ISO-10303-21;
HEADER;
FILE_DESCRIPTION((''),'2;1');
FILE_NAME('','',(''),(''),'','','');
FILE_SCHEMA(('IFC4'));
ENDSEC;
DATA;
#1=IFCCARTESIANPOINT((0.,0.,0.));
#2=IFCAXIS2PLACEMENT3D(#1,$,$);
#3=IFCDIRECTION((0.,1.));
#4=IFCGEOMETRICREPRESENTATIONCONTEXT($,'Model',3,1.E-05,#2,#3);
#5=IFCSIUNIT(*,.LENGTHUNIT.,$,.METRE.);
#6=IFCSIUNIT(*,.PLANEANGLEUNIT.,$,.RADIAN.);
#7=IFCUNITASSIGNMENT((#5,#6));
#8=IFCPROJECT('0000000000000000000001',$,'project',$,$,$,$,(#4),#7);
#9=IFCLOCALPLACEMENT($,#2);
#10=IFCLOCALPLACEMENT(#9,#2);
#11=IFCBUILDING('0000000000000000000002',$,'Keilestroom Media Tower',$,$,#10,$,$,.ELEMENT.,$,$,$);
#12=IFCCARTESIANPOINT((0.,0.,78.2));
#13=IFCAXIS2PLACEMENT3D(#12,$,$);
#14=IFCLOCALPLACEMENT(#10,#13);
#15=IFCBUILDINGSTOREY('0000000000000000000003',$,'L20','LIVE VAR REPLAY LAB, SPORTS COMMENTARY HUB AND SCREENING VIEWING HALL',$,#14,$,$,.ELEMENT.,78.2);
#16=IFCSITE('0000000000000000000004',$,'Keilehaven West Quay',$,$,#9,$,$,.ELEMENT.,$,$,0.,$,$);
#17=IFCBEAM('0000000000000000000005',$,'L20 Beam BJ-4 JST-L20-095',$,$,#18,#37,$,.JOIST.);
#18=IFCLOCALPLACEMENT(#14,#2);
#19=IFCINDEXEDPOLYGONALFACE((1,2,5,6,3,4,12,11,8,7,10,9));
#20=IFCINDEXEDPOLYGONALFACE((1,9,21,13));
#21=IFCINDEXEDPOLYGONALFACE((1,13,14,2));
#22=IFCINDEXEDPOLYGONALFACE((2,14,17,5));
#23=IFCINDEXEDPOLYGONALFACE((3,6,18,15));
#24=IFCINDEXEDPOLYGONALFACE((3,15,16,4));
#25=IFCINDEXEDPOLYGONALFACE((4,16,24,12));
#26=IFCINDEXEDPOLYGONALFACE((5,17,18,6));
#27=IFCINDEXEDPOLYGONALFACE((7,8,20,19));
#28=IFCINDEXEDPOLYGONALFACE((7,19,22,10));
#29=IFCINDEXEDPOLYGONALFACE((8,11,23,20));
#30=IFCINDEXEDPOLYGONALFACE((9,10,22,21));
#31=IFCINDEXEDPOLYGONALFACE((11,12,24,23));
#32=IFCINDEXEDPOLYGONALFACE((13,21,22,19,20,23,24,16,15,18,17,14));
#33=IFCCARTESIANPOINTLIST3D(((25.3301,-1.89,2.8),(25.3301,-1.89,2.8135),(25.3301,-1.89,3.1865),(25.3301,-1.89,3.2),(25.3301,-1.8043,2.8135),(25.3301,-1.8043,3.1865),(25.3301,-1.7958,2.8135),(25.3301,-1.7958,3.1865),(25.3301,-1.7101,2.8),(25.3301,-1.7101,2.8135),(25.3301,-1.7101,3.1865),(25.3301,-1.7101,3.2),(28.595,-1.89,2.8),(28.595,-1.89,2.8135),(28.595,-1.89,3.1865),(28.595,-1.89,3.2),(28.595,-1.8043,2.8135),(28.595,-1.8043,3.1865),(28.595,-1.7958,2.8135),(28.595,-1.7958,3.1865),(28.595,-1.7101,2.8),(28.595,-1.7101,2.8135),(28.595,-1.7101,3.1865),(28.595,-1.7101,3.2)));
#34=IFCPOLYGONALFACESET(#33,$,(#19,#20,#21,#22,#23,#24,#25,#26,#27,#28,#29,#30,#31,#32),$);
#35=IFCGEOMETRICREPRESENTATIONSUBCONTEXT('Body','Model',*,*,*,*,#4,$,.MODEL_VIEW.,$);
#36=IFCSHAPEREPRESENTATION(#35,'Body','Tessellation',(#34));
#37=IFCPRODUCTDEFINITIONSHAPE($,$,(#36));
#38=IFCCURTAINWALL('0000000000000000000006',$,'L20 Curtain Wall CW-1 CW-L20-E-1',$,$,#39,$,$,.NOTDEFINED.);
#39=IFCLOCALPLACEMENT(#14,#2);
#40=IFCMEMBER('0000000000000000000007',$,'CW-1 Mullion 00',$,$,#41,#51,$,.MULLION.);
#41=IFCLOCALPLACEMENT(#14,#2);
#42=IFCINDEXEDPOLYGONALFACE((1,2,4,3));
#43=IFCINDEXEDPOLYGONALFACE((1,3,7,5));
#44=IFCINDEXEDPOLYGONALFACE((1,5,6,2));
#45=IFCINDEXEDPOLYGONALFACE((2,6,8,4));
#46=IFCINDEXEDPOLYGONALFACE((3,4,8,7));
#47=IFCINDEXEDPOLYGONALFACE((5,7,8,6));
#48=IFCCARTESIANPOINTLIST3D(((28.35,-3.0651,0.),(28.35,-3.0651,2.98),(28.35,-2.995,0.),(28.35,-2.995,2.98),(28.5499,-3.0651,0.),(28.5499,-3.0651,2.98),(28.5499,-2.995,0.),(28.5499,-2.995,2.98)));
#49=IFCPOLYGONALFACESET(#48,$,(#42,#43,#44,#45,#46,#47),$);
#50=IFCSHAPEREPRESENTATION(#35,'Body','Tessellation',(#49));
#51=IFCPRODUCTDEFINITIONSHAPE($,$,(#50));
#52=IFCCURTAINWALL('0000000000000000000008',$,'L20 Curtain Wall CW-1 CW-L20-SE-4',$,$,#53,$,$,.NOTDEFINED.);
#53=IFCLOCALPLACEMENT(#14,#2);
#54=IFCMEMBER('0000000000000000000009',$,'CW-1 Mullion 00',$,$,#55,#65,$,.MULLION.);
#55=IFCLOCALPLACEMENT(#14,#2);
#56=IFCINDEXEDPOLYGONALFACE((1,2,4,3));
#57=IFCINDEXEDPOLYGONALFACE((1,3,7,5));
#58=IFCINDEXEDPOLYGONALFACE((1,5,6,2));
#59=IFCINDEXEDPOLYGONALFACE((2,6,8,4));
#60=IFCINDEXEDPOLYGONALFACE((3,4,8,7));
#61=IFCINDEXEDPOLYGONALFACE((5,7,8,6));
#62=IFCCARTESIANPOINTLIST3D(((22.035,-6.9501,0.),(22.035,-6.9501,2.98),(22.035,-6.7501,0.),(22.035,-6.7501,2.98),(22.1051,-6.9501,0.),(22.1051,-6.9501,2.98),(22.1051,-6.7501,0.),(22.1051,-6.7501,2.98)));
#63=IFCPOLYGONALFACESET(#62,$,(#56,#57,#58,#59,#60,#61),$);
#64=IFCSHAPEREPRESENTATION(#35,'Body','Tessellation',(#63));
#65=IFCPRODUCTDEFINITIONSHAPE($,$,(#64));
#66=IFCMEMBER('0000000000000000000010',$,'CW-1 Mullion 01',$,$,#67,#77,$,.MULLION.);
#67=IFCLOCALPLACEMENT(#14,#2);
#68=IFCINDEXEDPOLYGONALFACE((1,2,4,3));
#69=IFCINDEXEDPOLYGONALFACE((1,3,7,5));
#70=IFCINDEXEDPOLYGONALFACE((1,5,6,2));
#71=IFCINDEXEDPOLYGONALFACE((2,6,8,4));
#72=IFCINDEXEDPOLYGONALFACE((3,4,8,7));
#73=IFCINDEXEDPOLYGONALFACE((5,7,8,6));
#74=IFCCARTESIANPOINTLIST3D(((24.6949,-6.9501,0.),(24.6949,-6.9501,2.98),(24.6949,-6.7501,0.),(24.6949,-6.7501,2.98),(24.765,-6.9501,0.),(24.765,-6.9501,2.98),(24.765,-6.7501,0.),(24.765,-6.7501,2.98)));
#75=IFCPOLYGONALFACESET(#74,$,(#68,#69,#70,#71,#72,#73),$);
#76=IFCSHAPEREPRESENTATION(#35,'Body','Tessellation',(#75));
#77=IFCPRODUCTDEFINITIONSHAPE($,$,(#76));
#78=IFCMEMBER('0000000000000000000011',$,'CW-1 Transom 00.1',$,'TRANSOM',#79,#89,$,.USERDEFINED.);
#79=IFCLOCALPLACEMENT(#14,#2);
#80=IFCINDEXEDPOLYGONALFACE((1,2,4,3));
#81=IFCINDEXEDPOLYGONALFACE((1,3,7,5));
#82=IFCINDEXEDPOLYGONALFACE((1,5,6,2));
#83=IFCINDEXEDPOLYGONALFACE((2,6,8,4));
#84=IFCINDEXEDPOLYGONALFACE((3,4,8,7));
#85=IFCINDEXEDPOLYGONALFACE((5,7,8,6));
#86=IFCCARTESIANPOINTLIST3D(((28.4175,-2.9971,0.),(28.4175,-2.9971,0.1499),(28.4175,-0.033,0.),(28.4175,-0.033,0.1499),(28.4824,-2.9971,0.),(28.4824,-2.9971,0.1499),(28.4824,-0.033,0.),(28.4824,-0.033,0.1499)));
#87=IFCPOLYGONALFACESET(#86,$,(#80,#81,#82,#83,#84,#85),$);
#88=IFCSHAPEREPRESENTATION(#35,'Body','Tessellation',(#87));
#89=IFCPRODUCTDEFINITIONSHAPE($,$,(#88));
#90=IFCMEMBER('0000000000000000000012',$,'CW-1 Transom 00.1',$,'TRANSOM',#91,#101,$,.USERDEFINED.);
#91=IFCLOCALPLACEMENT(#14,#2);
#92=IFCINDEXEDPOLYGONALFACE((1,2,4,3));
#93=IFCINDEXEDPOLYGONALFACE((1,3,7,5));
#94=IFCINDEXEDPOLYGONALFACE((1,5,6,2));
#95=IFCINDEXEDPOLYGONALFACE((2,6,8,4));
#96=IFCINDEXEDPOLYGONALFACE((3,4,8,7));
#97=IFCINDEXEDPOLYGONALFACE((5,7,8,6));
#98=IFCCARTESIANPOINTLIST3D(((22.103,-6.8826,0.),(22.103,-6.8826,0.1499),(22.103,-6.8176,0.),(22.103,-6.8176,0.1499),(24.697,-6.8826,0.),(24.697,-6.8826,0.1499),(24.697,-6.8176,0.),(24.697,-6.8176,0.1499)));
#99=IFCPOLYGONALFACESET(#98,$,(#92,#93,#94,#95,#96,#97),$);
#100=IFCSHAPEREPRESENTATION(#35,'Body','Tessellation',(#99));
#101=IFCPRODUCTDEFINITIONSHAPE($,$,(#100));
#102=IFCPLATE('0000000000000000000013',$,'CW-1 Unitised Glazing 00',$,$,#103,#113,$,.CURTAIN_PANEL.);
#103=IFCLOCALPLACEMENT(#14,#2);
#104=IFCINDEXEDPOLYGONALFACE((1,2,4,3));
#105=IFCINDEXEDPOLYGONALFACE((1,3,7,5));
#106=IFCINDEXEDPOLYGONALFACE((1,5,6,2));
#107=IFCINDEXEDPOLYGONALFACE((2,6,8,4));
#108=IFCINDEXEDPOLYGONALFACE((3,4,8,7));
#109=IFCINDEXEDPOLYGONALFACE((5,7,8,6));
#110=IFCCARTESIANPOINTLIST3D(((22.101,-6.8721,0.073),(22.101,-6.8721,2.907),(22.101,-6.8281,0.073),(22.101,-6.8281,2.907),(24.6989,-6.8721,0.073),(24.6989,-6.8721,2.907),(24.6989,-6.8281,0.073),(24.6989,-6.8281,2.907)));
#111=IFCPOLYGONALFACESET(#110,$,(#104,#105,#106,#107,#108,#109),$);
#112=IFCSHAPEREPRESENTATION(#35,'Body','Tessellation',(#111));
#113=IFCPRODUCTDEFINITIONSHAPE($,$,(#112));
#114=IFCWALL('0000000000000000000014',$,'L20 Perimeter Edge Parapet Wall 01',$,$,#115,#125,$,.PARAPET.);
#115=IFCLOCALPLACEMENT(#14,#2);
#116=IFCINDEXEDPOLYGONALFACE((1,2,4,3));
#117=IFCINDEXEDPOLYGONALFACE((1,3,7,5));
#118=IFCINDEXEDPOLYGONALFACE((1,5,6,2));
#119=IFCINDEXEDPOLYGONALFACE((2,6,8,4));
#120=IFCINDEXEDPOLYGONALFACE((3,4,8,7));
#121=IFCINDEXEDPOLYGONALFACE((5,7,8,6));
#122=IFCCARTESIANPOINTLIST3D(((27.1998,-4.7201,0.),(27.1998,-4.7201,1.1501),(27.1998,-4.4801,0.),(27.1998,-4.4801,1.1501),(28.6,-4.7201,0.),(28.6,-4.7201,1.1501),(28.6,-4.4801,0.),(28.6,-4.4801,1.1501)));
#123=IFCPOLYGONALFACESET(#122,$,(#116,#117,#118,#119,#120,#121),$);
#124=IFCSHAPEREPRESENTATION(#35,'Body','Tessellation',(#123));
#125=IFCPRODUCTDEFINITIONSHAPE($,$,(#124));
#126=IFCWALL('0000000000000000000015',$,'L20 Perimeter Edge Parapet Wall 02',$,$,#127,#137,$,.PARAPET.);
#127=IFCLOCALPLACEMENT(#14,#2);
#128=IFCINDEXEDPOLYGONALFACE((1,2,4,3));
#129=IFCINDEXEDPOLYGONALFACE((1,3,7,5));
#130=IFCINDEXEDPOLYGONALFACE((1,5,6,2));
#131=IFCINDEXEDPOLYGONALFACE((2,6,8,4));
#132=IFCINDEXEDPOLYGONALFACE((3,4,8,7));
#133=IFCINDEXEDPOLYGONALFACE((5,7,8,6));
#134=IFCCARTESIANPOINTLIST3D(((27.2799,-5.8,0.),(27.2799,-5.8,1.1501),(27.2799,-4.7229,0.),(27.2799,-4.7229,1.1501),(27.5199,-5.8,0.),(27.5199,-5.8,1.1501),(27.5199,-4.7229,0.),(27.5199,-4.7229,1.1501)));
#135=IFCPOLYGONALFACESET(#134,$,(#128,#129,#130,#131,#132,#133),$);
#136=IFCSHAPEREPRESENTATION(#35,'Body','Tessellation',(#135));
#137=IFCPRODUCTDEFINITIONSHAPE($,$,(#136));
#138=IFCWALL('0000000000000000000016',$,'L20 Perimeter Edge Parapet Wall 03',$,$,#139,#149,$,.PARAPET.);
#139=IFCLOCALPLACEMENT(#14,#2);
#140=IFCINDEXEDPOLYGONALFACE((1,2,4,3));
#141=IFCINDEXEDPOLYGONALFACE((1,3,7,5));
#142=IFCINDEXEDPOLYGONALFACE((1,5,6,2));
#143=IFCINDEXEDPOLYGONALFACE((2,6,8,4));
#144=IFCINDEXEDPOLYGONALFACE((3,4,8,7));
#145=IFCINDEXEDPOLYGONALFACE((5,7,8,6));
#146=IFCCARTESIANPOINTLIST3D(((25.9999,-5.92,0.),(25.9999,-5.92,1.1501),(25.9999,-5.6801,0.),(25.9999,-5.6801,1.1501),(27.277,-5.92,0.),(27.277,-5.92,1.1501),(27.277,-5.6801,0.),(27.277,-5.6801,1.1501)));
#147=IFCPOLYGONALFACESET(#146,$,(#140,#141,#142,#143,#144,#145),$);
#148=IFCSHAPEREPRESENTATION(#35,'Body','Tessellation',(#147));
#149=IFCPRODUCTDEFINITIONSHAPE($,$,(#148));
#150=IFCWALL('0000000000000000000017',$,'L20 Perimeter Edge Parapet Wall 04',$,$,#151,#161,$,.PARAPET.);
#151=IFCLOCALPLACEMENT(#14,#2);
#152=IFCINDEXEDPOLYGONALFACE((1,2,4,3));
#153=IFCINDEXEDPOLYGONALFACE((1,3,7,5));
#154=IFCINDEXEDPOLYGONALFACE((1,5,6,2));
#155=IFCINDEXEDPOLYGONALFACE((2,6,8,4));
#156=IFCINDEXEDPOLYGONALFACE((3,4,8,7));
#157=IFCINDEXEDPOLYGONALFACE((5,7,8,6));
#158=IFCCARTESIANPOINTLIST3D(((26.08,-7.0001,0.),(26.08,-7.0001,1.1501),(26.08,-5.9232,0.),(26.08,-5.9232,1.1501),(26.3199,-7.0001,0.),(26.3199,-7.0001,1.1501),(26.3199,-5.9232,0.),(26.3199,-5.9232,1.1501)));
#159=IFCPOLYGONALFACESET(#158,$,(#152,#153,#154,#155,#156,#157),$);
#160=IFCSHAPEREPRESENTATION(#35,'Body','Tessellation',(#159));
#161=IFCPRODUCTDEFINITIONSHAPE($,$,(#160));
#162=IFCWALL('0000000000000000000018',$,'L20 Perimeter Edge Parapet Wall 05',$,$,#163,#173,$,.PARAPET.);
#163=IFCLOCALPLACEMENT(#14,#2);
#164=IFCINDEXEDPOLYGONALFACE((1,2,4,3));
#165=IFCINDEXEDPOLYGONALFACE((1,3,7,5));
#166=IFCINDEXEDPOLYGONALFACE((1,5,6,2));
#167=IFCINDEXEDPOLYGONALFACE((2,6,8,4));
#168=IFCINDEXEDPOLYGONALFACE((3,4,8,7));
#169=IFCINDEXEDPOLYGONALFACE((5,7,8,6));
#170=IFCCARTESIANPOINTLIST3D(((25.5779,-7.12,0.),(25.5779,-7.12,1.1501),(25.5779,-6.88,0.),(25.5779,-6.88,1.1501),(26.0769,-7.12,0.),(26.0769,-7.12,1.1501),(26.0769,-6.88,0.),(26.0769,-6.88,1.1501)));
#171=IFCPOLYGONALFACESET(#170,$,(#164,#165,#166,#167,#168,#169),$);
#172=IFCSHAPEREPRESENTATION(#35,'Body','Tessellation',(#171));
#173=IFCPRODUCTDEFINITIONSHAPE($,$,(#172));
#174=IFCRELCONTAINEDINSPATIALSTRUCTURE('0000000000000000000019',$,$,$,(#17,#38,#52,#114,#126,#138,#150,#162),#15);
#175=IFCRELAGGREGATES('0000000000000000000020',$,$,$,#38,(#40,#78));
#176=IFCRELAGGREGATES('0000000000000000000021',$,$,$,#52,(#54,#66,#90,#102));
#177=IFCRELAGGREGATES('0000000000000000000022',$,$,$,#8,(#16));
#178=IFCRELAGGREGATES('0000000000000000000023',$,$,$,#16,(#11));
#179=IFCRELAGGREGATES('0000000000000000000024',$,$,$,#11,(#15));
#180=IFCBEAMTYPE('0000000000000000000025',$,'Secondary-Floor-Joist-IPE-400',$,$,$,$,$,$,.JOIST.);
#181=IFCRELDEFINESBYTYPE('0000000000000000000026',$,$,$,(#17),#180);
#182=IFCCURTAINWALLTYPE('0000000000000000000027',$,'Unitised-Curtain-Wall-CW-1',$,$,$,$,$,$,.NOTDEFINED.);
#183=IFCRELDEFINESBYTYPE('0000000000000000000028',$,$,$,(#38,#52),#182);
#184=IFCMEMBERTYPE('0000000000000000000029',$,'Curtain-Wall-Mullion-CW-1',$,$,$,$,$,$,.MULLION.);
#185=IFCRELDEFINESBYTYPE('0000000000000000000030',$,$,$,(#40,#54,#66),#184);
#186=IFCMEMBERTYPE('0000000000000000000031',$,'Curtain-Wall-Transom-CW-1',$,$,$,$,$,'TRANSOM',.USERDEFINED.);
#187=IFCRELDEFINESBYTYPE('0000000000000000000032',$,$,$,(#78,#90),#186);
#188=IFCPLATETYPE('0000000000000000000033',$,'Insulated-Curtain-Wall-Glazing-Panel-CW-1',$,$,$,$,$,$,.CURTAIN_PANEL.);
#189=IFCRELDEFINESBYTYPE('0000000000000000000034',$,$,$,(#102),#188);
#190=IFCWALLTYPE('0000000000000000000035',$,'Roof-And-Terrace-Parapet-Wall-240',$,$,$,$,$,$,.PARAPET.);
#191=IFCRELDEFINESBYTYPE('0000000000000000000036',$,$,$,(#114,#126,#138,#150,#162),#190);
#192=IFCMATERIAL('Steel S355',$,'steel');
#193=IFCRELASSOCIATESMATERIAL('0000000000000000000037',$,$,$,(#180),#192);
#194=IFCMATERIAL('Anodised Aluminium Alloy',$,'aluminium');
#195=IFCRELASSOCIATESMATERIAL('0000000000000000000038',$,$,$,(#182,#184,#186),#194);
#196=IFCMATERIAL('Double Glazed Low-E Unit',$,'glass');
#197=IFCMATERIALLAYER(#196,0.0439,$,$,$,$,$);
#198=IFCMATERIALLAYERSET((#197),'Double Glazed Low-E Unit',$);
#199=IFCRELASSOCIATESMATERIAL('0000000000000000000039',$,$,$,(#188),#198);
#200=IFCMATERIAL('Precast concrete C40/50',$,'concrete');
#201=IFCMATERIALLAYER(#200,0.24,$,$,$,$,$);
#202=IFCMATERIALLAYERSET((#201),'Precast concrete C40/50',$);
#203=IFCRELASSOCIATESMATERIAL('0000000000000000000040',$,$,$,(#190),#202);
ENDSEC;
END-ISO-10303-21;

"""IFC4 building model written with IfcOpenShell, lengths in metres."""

from ifc_helpers import new_model, si_unit, direction, frame, frame_2d, origin, origin_2d, place, context, subcontext, project, spatial, rectangle, i_section, extrude, source, transform, mapped, material, layer, layer_set, material_profile, profile_set, type_object, element, aggregate, save


model = new_model("IFC4")

# Units and contexts
model_context = context("Model", 3, precision=1e-05, world=origin(), true_north=direction((0.0, 1.0)))
body_context = subcontext(model_context, "Body", "Model", "MODEL_VIEW")
ifc_project = project(units=[si_unit("LENGTHUNIT", "METRE"), si_unit("PLANEANGLEUNIT", "RADIAN")], contexts=[model_context])

# Site, building, storey
site_placement = place(None, origin())
site = spatial("IfcSite", under=ifc_project, at=site_placement, Name="Keilehaven West Quay", CompositionType="ELEMENT", RefElevation=0.0)
building_placement = place(site_placement, origin())
building = spatial("IfcBuilding", under=site, at=building_placement, Name="Keilestroom Media Tower", CompositionType="ELEMENT")
storey_placement = place(building_placement, frame((0.0, 0.0, 78.2)))
storey = spatial("IfcBuildingStorey", under=building, at=storey_placement, Name="L20", Description="LIVE VAR REPLAY LAB, SPORTS COMMENTARY HUB AND SCREENING VIEWING HALL", CompositionType="ELEMENT", Elevation=78.2)

# Shared definitions
ifc_material_1 = material(Name="Precast concrete C40/50", Category="concrete")

# Beam
ifc_material_2 = material(Name="Steel S355", Category="steel")
ifc_material_profile_1 = material_profile(ifc_material_2, i_section(OverallWidth=0.1799, OverallDepth=0.3999, WebThickness=0.0085, FlangeThickness=0.0134, at=origin_2d()), Name="IPE 400")
ifc_profile_set_1 = profile_set([ifc_material_profile_1], Name="Steel S355")
beam_type_1 = type_object("IfcBeamType", Name="Secondary-Floor-Joist-IPE-400", PredefinedType="JOIST", material=ifc_profile_set_1)
shared_shape_1 = source(origin(), body_context, "Body", "SweptSolid", [
    extrude(i_section(OverallWidth=0.1799, OverallDepth=0.3999, WebThickness=0.0085, FlangeThickness=0.0134, at=origin_2d()), origin(), (0.0, 0.0, 1.0), 3.2649),
])
beam_1_placement = place(storey_placement, frame((25.3301, -1.8, 3.0), z_axis=(1.0, 0.0, 0.0), x_axis=(0.0, 1.0, 0.0)))
element("IfcBeam", 1, at=beam_1_placement, inside=storey, type_object=beam_type_1, Name="L20 Beam BJ-4 JST-L20-095", PredefinedType="JOIST", context=body_context, shape_type="MappedRepresentation", body=[
    mapped(shared_shape_1, transform((0.0, 0.0, 0.0), x_axis=(1.0, 0.0, 0.0), y_axis=(0.0, 1.0, 0.0), z_axis=(0.0, 0.0, 1.0), scale=1.0)),
])

# Curtain wall, member
ifc_material_3 = material(Name="Anodised Aluminium Alloy", Category="aluminium")
curtain_wall_type = type_object("IfcCurtainWallType", Name="Unitised-Curtain-Wall-CW-1", PredefinedType="NOTDEFINED", material=ifc_material_3)
curtain_wall_1_placement = place(storey_placement, origin())
curtain_wall_1 = element("IfcCurtainWall", 2, at=curtain_wall_1_placement, inside=storey, type_object=curtain_wall_type, Name="L20 Curtain Wall CW-1 CW-L20-E-1", PredefinedType="NOTDEFINED")
ifc_material_profile_2 = material_profile(ifc_material_3, rectangle(XDim=0.0701, YDim=0.2, at=origin_2d()), Name="ALU MULLION 70x200")
ifc_profile_set_2 = profile_set([ifc_material_profile_2], Name="Anodised Aluminium Alloy")
member_type_1 = type_object("IfcMemberType", Name="Curtain-Wall-Mullion-CW-1", PredefinedType="MULLION", material=ifc_profile_set_2)
shared_shape_2 = source(origin(), body_context, "Body", "SweptSolid", [
    extrude(rectangle(XDim=0.0701, YDim=0.2, at=origin_2d()), origin(), (0.0, 0.0, 1.0), 2.98),
])
member_1_placement = place(storey_placement, frame((28.45, -3.03, 0.0), z_axis=(0.0, 0.0, 1.0), x_axis=(0.0, 1.0, 0.0)))
member_1 = element("IfcMember", 3, at=member_1_placement, type_object=member_type_1, Name="CW-1 Mullion 00", PredefinedType="MULLION", context=body_context, shape_type="MappedRepresentation", body=[
    mapped(shared_shape_2, transform((0.0, 0.0, 0.0), x_axis=(1.0, 0.0, 0.0), y_axis=(0.0, 1.0, 0.0), z_axis=(0.0, 0.0, 1.0), scale=1.0)),
])

# Curtain wall, members
curtain_wall_2_placement = place(storey_placement, origin())
curtain_wall_2 = element("IfcCurtainWall", 4, at=curtain_wall_2_placement, inside=storey, type_object=curtain_wall_type, Name="L20 Curtain Wall CW-1 CW-L20-SE-4", PredefinedType="NOTDEFINED")
member_2_placement = place(storey_placement, frame((22.0701, -6.8501, 0.0), z_axis=(0.0, 0.0, 1.0), x_axis=(1.0, 0.0, 0.0)))
member_2 = element("IfcMember", 5, at=member_2_placement, type_object=member_type_1, Name="CW-1 Mullion 00", PredefinedType="MULLION", context=body_context, shape_type="MappedRepresentation", body=[
    mapped(shared_shape_2, transform((0.0, 0.0, 0.0), x_axis=(1.0, 0.0, 0.0), y_axis=(0.0, 1.0, 0.0), z_axis=(0.0, 0.0, 1.0), scale=1.0)),
])
member_3_placement = place(storey_placement, frame((24.73, -6.8501, 0.0), z_axis=(0.0, 0.0, 1.0), x_axis=(1.0, 0.0, 0.0)))
member_3 = element("IfcMember", 6, at=member_3_placement, type_object=member_type_1, Name="CW-1 Mullion 01", PredefinedType="MULLION", context=body_context, shape_type="MappedRepresentation", body=[
    mapped(shared_shape_2, transform((0.0, 0.0, 0.0), x_axis=(1.0, 0.0, 0.0), y_axis=(0.0, 1.0, 0.0), z_axis=(0.0, 0.0, 1.0), scale=1.0)),
])

# Members
ifc_material_profile_3 = material_profile(ifc_material_3, rectangle(XDim=0.0649, YDim=0.1499, at=origin_2d()), Name="ALU TRANSOM 65x150")
ifc_profile_set_3 = profile_set([ifc_material_profile_3], Name="Anodised Aluminium Alloy")
member_type_2 = type_object("IfcMemberType", Name="Curtain-Wall-Transom-CW-1", ElementType="TRANSOM", PredefinedType="USERDEFINED", material=ifc_profile_set_3)
shared_shape_3 = source(origin(), body_context, "Body", "SweptSolid", [
    extrude(rectangle(XDim=0.0649, YDim=0.1499, at=origin_2d()), origin(), (0.0, 0.0, 1.0), 2.9641),
])
member_4_placement = place(storey_placement, frame((28.45, -2.9971, 0.075), z_axis=(0.0, 1.0, 0.0), x_axis=(-1.0, 0.0, 0.0)))
member_4 = element("IfcMember", 7, at=member_4_placement, type_object=member_type_2, Name="CW-1 Transom 00.1", ObjectType="TRANSOM", PredefinedType="USERDEFINED", context=body_context, shape_type="MappedRepresentation", body=[
    mapped(shared_shape_3, transform((0.0, 0.0, 0.0), x_axis=(1.0, 0.0, 0.0), y_axis=(0.0, 1.0, 0.0), z_axis=(0.0, 0.0, 1.0), scale=1.0)),
])
aggregate(curtain_wall_1, [member_1, member_4])
shared_shape_4 = source(origin(), body_context, "Body", "SweptSolid", [
    extrude(rectangle(XDim=0.0649, YDim=0.1499, at=origin_2d()), origin(), (0.0, 0.0, 1.0), 2.594),
])
member_5_placement = place(storey_placement, frame((22.103, -6.8501, 0.075), z_axis=(1.0, 0.0, 0.0), x_axis=(0.0, 1.0, 0.0)))
member_5 = element("IfcMember", 8, at=member_5_placement, type_object=member_type_2, Name="CW-1 Transom 00.1", ObjectType="TRANSOM", PredefinedType="USERDEFINED", context=body_context, shape_type="MappedRepresentation", body=[
    mapped(shared_shape_4, transform((0.0, 0.0, 0.0), x_axis=(1.0, 0.0, 0.0), y_axis=(0.0, 1.0, 0.0), z_axis=(0.0, 0.0, 1.0), scale=1.0)),
])

# Plate
ifc_material_4 = material(Name="Double Glazed Low-E Unit", Category="glass")
ifc_layer_1 = layer(ifc_material_4, 0.0439)
ifc_layer_set_1 = layer_set([ifc_layer_1], Name="Double Glazed Low-E Unit")
plate_type = type_object("IfcPlateType", Name="Insulated-Curtain-Wall-Glazing-Panel-CW-1", PredefinedType="CURTAIN_PANEL", material=ifc_layer_set_1)
shared_shape_5 = source(origin(), body_context, "Body", "SweptSolid", [
    extrude(rectangle(XDim=2.5979, YDim=0.0439, at=origin_2d()), origin(), (0.0, 0.0, 1.0), 2.834),
])
plate_placement = place(storey_placement, frame((23.3999, -6.8501, 0.073), z_axis=(0.0, 0.0, 1.0), x_axis=(1.0, 0.0, 0.0)))
plate = element("IfcPlate", 9, at=plate_placement, type_object=plate_type, Name="CW-1 Unitised Glazing 00", PredefinedType="CURTAIN_PANEL", context=body_context, shape_type="MappedRepresentation", body=[
    mapped(shared_shape_5, transform((0.0, 0.0, 0.0), x_axis=(1.0, 0.0, 0.0), y_axis=(0.0, 1.0, 0.0), z_axis=(0.0, 0.0, 1.0), scale=1.0)),
])
aggregate(curtain_wall_2, [member_2, member_3, member_5, plate])

# Walls
ifc_layer_2 = layer(ifc_material_1, 0.24)
ifc_layer_set_2 = layer_set([ifc_layer_2], Name="Precast concrete C40/50")
wall_type = type_object("IfcWallType", Name="Roof-And-Terrace-Parapet-Wall-240", PredefinedType="PARAPET", material=ifc_layer_set_2)
wall_1_placement = place(storey_placement, frame((28.6001, -4.6001, 0.0), z_axis=(0.0, 0.0, 1.0), x_axis=(-1.0, 0.0, 0.0)))
element("IfcWall", 10, at=wall_1_placement, inside=storey, type_object=wall_type, Name="L20 Perimeter Edge Parapet Wall 01", PredefinedType="PARAPET", context=body_context, shape_type="SweptSolid", body=[
    extrude(rectangle(XDim=1.4001, YDim=0.24, at=frame_2d((0.7002, 0.0))), origin(), (0.0, 0.0, 1.0), 1.1501),
])
wall_2_placement = place(storey_placement, frame((27.3999, -4.7229, 0.0), z_axis=(0.0, 0.0, 1.0), x_axis=(0.0, -1.0, 0.0)))
element("IfcWall", 11, at=wall_2_placement, inside=storey, type_object=wall_type, Name="L20 Perimeter Edge Parapet Wall 02", PredefinedType="PARAPET", context=body_context, shape_type="SweptSolid", body=[
    extrude(rectangle(XDim=1.0771, YDim=0.24, at=frame_2d((0.5386, 0.0))), origin(), (0.0, 0.0, 1.0), 1.1501),
])
wall_3_placement = place(storey_placement, frame((27.2771, -5.8, 0.0), z_axis=(0.0, 0.0, 1.0), x_axis=(-1.0, 0.0, 0.0)))
element("IfcWall", 12, at=wall_3_placement, inside=storey, type_object=wall_type, Name="L20 Perimeter Edge Parapet Wall 03", PredefinedType="PARAPET", context=body_context, shape_type="SweptSolid", body=[
    extrude(rectangle(XDim=1.2771, YDim=0.24, at=frame_2d((0.6387, 0.0))), origin(), (0.0, 0.0, 1.0), 1.1501),
])
wall_4_placement = place(storey_placement, frame((26.2, -5.9231, 0.0), z_axis=(0.0, 0.0, 1.0), x_axis=(0.0, -1.0, 0.0)))
element("IfcWall", 13, at=wall_4_placement, inside=storey, type_object=wall_type, Name="L20 Perimeter Edge Parapet Wall 04", PredefinedType="PARAPET", context=body_context, shape_type="SweptSolid", body=[
    extrude(rectangle(XDim=1.0769, YDim=0.24, at=frame_2d((0.5386, 0.0))), origin(), (0.0, 0.0, 1.0), 1.1501),
])
wall_5_placement = place(storey_placement, frame((26.0769, -7.0, 0.0), z_axis=(0.0, 0.0, 1.0), x_axis=(-1.0, 0.0, 0.0)))
element("IfcWall", 14, at=wall_5_placement, inside=storey, type_object=wall_type, Name="L20 Perimeter Edge Parapet Wall 05", PredefinedType="PARAPET", context=body_context, shape_type="SweptSolid", body=[
    extrude(rectangle(XDim=0.499, YDim=0.24, at=frame_2d((0.2495, 0.0))), origin(), (0.0, 0.0, 1.0), 1.1501),
])

save(model, "model.ifc")
